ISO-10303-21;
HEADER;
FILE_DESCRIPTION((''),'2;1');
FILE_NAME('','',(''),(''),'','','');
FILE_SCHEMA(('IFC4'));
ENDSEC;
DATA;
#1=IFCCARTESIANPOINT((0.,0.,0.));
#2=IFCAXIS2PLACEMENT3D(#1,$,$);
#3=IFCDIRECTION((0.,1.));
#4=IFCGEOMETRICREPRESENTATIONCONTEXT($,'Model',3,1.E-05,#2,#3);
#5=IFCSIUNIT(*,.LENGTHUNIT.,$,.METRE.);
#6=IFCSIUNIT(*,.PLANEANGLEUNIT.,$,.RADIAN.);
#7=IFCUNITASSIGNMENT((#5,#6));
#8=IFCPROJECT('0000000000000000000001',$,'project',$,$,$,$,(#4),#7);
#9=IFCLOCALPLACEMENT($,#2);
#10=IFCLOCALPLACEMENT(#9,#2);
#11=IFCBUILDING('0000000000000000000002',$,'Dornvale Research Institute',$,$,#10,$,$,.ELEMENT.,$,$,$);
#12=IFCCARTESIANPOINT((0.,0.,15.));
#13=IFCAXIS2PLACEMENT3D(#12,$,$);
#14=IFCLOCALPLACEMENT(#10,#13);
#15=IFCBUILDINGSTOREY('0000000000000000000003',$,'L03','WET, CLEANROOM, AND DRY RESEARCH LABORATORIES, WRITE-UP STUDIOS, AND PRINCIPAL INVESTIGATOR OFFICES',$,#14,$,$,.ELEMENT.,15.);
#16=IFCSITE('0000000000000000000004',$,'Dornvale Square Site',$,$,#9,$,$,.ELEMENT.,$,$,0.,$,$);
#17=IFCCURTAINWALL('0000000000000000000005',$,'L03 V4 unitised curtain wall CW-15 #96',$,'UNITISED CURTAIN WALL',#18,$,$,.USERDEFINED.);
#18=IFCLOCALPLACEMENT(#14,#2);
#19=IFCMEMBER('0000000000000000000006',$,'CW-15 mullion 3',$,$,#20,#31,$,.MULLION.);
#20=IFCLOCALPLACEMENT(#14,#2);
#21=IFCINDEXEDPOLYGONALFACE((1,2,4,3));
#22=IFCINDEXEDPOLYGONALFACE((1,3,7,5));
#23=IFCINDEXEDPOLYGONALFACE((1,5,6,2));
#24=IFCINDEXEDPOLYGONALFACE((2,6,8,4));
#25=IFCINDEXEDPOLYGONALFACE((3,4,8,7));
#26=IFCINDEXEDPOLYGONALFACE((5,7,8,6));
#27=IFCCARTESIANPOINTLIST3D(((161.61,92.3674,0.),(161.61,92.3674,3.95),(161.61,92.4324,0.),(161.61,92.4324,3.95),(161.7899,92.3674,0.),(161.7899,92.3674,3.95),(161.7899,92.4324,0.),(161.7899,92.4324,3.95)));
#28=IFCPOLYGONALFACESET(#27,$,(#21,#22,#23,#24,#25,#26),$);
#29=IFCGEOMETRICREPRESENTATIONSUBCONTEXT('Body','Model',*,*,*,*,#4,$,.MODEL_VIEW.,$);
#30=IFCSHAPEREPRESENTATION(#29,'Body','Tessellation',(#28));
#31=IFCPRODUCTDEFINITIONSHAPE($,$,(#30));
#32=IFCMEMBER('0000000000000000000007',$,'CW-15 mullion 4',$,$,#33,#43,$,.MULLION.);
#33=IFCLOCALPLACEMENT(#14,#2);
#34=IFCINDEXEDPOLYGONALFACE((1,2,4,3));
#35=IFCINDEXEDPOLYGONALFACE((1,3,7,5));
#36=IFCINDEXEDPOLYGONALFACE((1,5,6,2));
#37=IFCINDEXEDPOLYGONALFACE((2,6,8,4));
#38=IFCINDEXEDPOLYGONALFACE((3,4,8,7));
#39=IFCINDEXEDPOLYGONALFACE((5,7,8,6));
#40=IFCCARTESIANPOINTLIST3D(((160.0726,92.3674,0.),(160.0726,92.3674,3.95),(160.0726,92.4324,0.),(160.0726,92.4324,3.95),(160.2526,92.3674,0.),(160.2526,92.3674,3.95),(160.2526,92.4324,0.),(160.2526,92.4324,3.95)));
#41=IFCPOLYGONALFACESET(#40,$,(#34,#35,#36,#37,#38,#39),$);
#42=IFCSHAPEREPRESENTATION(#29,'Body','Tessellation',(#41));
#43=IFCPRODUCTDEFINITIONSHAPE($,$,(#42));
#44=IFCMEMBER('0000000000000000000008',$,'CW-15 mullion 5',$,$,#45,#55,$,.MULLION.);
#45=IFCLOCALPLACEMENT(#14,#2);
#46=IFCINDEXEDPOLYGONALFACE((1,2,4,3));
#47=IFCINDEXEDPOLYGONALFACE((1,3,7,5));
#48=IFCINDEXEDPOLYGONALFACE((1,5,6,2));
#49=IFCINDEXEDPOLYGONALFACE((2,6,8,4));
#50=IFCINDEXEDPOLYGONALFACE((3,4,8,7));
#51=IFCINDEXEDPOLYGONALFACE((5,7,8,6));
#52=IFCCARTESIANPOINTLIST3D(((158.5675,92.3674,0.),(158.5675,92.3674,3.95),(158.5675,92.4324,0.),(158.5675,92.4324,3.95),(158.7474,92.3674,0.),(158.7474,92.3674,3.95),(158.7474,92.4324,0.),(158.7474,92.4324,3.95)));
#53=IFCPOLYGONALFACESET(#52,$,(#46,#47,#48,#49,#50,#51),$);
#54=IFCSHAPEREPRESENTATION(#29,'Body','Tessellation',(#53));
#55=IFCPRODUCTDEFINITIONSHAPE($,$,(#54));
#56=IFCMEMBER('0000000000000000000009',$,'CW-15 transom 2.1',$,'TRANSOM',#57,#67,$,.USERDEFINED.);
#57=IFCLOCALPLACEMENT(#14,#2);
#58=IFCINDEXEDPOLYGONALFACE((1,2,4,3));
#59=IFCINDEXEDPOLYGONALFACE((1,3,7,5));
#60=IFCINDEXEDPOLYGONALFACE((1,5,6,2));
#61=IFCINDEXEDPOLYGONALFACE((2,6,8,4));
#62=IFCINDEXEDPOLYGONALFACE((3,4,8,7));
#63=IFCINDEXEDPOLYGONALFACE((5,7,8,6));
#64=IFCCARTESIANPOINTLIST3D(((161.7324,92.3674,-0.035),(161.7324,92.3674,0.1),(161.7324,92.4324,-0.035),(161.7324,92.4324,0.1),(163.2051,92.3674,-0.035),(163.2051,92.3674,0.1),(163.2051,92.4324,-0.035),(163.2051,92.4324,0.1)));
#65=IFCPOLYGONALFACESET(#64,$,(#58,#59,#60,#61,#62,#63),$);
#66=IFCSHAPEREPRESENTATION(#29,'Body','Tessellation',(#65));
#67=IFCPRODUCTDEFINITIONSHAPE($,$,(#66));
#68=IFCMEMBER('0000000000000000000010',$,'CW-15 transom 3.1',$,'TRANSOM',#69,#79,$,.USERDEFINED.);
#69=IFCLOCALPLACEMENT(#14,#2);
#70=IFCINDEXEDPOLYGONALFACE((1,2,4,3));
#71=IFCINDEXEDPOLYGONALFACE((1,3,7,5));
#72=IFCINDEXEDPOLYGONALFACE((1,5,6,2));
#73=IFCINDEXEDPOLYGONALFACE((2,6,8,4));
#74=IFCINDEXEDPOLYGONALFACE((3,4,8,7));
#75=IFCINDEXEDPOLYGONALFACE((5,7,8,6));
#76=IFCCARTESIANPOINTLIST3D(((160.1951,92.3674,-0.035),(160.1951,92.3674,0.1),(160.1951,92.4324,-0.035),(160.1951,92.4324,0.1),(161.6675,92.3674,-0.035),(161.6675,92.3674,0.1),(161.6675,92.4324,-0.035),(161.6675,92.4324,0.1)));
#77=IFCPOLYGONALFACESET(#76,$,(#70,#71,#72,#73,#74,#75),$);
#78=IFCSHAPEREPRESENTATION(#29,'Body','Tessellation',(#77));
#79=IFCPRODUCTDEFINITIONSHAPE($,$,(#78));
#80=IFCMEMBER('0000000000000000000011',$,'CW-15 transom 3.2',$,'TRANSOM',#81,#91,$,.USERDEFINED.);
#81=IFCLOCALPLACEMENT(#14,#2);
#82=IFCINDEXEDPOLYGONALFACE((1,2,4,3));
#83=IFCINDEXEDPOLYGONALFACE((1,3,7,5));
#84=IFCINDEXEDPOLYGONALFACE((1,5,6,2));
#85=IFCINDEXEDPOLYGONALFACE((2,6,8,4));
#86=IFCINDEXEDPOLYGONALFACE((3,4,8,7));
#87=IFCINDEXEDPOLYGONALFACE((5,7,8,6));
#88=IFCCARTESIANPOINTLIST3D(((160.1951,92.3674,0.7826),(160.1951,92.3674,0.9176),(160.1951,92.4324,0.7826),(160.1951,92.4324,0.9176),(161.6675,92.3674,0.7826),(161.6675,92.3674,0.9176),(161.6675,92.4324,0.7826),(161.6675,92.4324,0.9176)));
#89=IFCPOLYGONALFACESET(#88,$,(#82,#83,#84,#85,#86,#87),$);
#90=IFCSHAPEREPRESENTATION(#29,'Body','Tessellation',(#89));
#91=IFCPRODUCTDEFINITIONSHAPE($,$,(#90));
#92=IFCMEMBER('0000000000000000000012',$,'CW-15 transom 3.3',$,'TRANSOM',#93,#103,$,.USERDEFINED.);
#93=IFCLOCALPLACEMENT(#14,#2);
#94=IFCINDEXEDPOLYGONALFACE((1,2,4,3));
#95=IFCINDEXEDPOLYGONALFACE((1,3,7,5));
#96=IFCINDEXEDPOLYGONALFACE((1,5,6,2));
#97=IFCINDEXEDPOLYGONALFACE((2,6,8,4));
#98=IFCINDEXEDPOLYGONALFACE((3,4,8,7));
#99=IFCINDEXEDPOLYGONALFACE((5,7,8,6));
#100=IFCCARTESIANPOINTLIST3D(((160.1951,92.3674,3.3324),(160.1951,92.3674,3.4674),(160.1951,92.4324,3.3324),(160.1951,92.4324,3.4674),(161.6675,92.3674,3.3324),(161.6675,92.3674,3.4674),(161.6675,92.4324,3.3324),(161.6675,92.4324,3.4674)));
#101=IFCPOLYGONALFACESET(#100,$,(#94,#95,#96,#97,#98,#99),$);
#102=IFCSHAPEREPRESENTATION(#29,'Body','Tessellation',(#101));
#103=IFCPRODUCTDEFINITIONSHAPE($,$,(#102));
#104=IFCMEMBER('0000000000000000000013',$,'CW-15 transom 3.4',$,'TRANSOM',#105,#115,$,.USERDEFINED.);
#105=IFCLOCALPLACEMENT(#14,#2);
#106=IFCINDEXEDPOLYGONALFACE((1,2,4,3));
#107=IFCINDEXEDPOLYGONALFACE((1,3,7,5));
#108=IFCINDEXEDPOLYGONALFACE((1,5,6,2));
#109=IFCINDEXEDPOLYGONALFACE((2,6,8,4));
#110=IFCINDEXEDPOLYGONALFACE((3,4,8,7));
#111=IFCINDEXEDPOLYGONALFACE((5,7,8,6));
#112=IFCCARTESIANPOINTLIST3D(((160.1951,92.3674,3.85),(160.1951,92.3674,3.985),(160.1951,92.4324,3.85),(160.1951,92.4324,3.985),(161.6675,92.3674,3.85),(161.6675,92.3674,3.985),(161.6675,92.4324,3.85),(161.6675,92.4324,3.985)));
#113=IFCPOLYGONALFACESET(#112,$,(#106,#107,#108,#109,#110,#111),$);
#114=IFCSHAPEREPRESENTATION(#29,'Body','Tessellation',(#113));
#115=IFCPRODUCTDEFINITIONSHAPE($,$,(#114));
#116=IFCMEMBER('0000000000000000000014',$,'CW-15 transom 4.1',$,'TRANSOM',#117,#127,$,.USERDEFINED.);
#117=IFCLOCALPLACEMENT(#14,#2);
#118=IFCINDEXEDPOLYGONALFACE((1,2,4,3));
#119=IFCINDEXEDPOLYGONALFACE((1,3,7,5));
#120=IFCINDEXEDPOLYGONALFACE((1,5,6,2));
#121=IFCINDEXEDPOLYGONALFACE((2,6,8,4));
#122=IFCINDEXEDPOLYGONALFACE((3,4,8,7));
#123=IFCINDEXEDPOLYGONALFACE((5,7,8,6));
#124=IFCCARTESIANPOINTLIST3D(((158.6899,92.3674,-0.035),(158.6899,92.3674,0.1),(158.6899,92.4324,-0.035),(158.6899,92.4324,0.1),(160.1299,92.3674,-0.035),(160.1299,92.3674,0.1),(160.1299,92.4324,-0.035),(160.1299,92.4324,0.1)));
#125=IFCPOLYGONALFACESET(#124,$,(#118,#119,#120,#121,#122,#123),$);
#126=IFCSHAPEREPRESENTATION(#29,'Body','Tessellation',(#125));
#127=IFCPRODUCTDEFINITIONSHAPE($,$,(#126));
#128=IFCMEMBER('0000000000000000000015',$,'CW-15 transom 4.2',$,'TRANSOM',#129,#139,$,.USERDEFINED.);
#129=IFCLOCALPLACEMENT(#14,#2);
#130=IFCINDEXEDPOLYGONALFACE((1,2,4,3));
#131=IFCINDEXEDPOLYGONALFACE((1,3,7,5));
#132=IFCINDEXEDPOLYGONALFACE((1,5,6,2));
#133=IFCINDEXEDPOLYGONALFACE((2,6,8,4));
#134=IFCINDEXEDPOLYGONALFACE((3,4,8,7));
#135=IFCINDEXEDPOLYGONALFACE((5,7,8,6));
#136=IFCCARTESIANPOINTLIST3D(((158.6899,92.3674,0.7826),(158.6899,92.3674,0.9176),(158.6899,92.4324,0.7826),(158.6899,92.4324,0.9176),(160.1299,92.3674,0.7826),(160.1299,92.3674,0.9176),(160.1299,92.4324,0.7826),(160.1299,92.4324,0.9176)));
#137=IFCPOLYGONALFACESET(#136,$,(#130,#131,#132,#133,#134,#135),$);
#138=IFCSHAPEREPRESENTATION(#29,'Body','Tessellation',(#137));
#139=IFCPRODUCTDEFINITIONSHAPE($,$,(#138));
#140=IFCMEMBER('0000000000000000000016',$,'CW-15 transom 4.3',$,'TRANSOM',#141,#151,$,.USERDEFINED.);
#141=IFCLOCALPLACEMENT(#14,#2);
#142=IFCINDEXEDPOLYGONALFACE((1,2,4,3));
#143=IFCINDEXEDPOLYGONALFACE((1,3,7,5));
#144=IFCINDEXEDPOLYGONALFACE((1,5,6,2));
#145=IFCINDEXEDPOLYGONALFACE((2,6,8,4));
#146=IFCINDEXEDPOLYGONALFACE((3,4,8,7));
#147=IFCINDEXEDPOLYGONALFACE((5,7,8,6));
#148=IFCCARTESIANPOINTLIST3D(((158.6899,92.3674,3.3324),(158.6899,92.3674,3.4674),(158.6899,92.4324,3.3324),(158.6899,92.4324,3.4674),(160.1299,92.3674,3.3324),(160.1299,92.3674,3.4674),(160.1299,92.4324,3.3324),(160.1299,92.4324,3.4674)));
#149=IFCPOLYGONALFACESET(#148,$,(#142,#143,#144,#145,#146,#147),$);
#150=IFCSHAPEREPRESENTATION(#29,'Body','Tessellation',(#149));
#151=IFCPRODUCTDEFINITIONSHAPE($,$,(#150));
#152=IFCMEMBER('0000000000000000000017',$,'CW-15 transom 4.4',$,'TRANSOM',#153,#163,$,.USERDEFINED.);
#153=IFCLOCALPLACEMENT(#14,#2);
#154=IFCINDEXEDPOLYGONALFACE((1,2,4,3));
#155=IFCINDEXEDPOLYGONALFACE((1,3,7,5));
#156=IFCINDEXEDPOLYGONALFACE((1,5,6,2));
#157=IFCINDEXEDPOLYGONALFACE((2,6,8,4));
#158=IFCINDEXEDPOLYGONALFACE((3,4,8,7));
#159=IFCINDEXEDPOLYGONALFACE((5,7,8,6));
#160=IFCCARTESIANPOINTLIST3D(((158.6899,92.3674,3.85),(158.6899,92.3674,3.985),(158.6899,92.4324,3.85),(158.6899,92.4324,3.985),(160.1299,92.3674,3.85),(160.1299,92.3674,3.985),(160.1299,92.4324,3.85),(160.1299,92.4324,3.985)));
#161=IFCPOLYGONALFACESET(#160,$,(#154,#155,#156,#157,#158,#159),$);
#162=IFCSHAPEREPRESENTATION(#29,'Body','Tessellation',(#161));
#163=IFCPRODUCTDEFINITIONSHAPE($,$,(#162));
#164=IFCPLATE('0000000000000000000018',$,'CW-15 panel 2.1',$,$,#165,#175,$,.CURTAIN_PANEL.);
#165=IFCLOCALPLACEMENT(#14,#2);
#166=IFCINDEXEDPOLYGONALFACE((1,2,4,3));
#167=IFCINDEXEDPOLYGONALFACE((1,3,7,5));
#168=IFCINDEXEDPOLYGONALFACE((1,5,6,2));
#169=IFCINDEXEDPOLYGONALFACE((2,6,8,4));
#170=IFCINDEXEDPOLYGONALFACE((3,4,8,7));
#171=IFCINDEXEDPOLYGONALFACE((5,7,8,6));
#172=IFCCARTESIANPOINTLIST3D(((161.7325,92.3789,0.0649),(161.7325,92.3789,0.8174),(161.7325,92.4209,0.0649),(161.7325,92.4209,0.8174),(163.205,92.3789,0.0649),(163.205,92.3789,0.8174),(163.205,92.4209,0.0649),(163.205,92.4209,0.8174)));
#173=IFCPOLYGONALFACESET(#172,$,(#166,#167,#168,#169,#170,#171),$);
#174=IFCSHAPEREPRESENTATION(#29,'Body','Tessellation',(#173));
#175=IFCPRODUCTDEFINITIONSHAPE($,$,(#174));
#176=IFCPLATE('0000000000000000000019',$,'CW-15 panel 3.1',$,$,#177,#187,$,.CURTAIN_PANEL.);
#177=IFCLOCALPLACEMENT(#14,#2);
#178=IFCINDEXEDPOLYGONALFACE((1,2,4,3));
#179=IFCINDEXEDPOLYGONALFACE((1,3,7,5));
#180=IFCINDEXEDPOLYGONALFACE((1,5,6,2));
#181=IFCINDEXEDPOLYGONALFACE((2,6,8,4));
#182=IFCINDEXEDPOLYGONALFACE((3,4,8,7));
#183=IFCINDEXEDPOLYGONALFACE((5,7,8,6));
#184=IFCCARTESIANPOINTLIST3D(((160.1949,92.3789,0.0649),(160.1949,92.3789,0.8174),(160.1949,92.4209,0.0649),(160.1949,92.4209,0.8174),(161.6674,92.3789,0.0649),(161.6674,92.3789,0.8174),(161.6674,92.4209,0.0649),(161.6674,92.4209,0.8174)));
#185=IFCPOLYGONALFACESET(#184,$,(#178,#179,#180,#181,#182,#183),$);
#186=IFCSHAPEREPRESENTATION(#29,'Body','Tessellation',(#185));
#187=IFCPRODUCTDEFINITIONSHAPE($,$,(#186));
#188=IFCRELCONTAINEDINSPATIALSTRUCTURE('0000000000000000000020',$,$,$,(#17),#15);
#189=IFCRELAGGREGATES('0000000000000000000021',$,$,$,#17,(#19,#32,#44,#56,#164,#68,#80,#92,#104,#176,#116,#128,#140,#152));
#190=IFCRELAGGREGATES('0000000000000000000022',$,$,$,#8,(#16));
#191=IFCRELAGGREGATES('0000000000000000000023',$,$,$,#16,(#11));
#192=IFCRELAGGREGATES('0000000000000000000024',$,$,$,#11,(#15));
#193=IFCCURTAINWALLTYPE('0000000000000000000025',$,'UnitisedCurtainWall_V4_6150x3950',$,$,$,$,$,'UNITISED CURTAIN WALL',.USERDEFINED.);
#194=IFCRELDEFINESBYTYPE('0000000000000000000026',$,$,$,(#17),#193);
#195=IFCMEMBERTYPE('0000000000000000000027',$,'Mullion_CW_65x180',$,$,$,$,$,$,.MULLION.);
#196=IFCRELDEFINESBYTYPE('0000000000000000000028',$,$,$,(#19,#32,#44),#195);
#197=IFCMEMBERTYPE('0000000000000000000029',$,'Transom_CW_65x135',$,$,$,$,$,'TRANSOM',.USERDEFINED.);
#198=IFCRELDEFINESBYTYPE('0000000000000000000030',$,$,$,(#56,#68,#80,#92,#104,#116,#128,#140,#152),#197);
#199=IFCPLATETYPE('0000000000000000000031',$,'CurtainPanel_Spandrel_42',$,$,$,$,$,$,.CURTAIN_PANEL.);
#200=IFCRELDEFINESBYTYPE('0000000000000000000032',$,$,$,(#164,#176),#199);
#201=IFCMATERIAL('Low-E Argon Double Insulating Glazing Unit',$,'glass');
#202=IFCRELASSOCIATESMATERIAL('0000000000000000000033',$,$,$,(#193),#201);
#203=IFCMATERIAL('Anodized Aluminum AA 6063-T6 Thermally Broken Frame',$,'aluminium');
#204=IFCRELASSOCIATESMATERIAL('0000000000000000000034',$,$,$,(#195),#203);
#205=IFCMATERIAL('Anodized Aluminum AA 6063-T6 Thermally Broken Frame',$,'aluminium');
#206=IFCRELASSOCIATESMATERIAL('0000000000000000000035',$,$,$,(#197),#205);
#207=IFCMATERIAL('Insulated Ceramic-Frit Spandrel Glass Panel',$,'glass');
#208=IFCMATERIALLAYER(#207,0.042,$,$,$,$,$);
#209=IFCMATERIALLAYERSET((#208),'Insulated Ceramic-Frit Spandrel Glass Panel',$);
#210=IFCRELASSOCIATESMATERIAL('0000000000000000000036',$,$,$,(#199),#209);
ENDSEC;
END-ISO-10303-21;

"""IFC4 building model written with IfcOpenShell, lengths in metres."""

from ifc_helpers import new_model, si_unit, direction, frame, origin, origin_2d, place, context, subcontext, project, spatial, rectangle, extrude, material, layer, layer_set, material_profile, profile_set, type_object, element, aggregate, save


model = new_model("IFC4")

# Units and contexts
model_context = context("Model", 3, precision=1e-05, world=origin(), true_north=direction((0.0, 1.0)))
body_context = subcontext(model_context, "Body", "Model", "MODEL_VIEW")
ifc_project = project(units=[si_unit("LENGTHUNIT", "METRE"), si_unit("PLANEANGLEUNIT", "RADIAN")], contexts=[model_context])

# Site, building, storey
site_placement = place(None, origin())
site = spatial("IfcSite", under=ifc_project, at=site_placement, Name="Dornvale Square Site", CompositionType="ELEMENT", RefElevation=0.0)
building_placement = place(site_placement, origin())
building = spatial("IfcBuilding", under=site, at=building_placement, Name="Dornvale Research Institute", CompositionType="ELEMENT")
storey_placement = place(building_placement, frame((0.0, 0.0, 15.0)))
storey = spatial("IfcBuildingStorey", under=building, at=storey_placement, Name="L03", Description="WET, CLEANROOM, AND DRY RESEARCH LABORATORIES, WRITE-UP STUDIOS, AND PRINCIPAL INVESTIGATOR OFFICES", CompositionType="ELEMENT", Elevation=15.0)

# Curtain wall, members, plates
ifc_material_1 = material(Name="Low-E Argon Double Insulating Glazing Unit", Category="glass")
curtain_wall_type = type_object("IfcCurtainWallType", Name="UnitisedCurtainWall_V4_6150x3950", ElementType="UNITISED CURTAIN WALL", PredefinedType="USERDEFINED", material=ifc_material_1)
curtain_wall_placement = place(storey_placement, origin())
curtain_wall = element("IfcCurtainWall", 1, at=curtain_wall_placement, inside=storey, type_object=curtain_wall_type, Name="L03 V4 unitised curtain wall CW-15 #96", ObjectType="UNITISED CURTAIN WALL", PredefinedType="USERDEFINED")
ifc_material_2 = material(Name="Anodized Aluminum AA 6063-T6 Thermally Broken Frame", Category="aluminium")
ifc_material_profile_1 = material_profile(ifc_material_2, rectangle(XDim=0.0649, YDim=0.1799, at=origin_2d()), Name="ALU MULLION 65x180")
ifc_profile_set_1 = profile_set([ifc_material_profile_1], Name="Anodized Aluminum AA 6063-T6 Thermally Broken Frame")
member_type_1 = type_object("IfcMemberType", Name="Mullion_CW_65x180", PredefinedType="MULLION", material=ifc_profile_set_1)
member_1_placement = place(storey_placement, frame((161.7, 92.3999, 0.0), z_axis=(0.0, 0.0, 1.0), x_axis=(0.0, -1.0, 0.0)))
member_1 = element("IfcMember", 2, at=member_1_placement, type_object=member_type_1, Name="CW-15 mullion 3", PredefinedType="MULLION", context=body_context, shape_type="SweptSolid", body=[
    extrude(rectangle(XDim=0.0649, YDim=0.1799, at=origin_2d()), origin(), (0.0, 0.0, 1.0), 3.95),
])
member_2_placement = place(storey_placement, frame((160.1626, 92.3999, 0.0), z_axis=(0.0, 0.0, 1.0), x_axis=(0.0, -1.0, 0.0)))
member_2 = element("IfcMember", 3, at=member_2_placement, type_object=member_type_1, Name="CW-15 mullion 4", PredefinedType="MULLION", context=body_context, shape_type="SweptSolid", body=[
    extrude(rectangle(XDim=0.0649, YDim=0.1799, at=origin_2d()), origin(), (0.0, 0.0, 1.0), 3.95),
])
member_3_placement = place(storey_placement, frame((158.6575, 92.3999, 0.0), z_axis=(0.0, 0.0, 1.0), x_axis=(0.0, -1.0, 0.0)))
member_3 = element("IfcMember", 4, at=member_3_placement, type_object=member_type_1, Name="CW-15 mullion 5", PredefinedType="MULLION", context=body_context, shape_type="SweptSolid", body=[
    extrude(rectangle(XDim=0.0649, YDim=0.1799, at=origin_2d()), origin(), (0.0, 0.0, 1.0), 3.95),
])
ifc_material_3 = material(Name="Anodized Aluminum AA 6063-T6 Thermally Broken Frame", Category="aluminium")
ifc_material_profile_2 = material_profile(ifc_material_3, rectangle(XDim=0.0649, YDim=0.135, at=origin_2d()), Name="ALU TRANSOM 65x135")
ifc_profile_set_2 = profile_set([ifc_material_profile_2], Name="Anodized Aluminum AA 6063-T6 Thermally Broken Frame")
member_type_2 = type_object("IfcMemberType", Name="Transom_CW_65x135", ElementType="TRANSOM", PredefinedType="USERDEFINED", material=ifc_profile_set_2)
member_4_placement = place(storey_placement, frame((163.2051, 92.3999, 0.0325), z_axis=(-1.0, 0.0, 0.0), x_axis=(0.0, -1.0, 0.0)))
member_4 = element("IfcMember", 5, at=member_4_placement, type_object=member_type_2, Name="CW-15 transom 2.1", ObjectType="TRANSOM", PredefinedType="USERDEFINED", context=body_context, shape_type="SweptSolid", body=[
    extrude(rectangle(XDim=0.0649, YDim=0.135, at=origin_2d()), origin(), (0.0, 0.0, 1.0), 1.4727),
])
member_5_placement = place(storey_placement, frame((161.6675, 92.3999, 0.0325), z_axis=(-1.0, 0.0, 0.0), x_axis=(0.0, -1.0, 0.0)))
member_5 = element("IfcMember", 6, at=member_5_placement, type_object=member_type_2, Name="CW-15 transom 3.1", ObjectType="TRANSOM", PredefinedType="USERDEFINED", context=body_context, shape_type="SweptSolid", body=[
    extrude(rectangle(XDim=0.0649, YDim=0.135, at=origin_2d()), origin(), (0.0, 0.0, 1.0), 1.4724),
])
member_6_placement = place(storey_placement, frame((161.6675, 92.3999, 0.8501), z_axis=(-1.0, 0.0, 0.0), x_axis=(0.0, -1.0, 0.0)))
member_6 = element("IfcMember", 7, at=member_6_placement, type_object=member_type_2, Name="CW-15 transom 3.2", ObjectType="TRANSOM", PredefinedType="USERDEFINED", context=body_context, shape_type="SweptSolid", body=[
    extrude(rectangle(XDim=0.0649, YDim=0.135, at=origin_2d()), origin(), (0.0, 0.0, 1.0), 1.4724),
])
member_7_placement = place(storey_placement, frame((161.6675, 92.3999, 3.3999), z_axis=(-1.0, 0.0, 0.0), x_axis=(0.0, -1.0, 0.0)))
member_7 = element("IfcMember", 8, at=member_7_placement, type_object=member_type_2, Name="CW-15 transom 3.3", ObjectType="TRANSOM", PredefinedType="USERDEFINED", context=body_context, shape_type="SweptSolid", body=[
    extrude(rectangle(XDim=0.0649, YDim=0.135, at=origin_2d()), origin(), (0.0, 0.0, 1.0), 1.4724),
])
member_8_placement = place(storey_placement, frame((161.6675, 92.3999, 3.9175), z_axis=(-1.0, 0.0, 0.0), x_axis=(0.0, -1.0, 0.0)))
member_8 = element("IfcMember", 9, at=member_8_placement, type_object=member_type_2, Name="CW-15 transom 3.4", ObjectType="TRANSOM", PredefinedType="USERDEFINED", context=body_context, shape_type="SweptSolid", body=[
    extrude(rectangle(XDim=0.0649, YDim=0.135, at=origin_2d()), origin(), (0.0, 0.0, 1.0), 1.4724),
])
member_9_placement = place(storey_placement, frame((160.1299, 92.3999, 0.0325), z_axis=(-1.0, 0.0, 0.0), x_axis=(0.0, -1.0, 0.0)))
member_9 = element("IfcMember", 10, at=member_9_placement, type_object=member_type_2, Name="CW-15 transom 4.1", ObjectType="TRANSOM", PredefinedType="USERDEFINED", context=body_context, shape_type="SweptSolid", body=[
    extrude(rectangle(XDim=0.0649, YDim=0.135, at=origin_2d()), origin(), (0.0, 0.0, 1.0), 1.4399),
])
member_10_placement = place(storey_placement, frame((160.1299, 92.3999, 0.8501), z_axis=(-1.0, 0.0, 0.0), x_axis=(0.0, -1.0, 0.0)))
member_10 = element("IfcMember", 11, at=member_10_placement, type_object=member_type_2, Name="CW-15 transom 4.2", ObjectType="TRANSOM", PredefinedType="USERDEFINED", context=body_context, shape_type="SweptSolid", body=[
    extrude(rectangle(XDim=0.0649, YDim=0.135, at=origin_2d()), origin(), (0.0, 0.0, 1.0), 1.4399),
])
member_11_placement = place(storey_placement, frame((160.1299, 92.3999, 3.3999), z_axis=(-1.0, 0.0, 0.0), x_axis=(0.0, -1.0, 0.0)))
member_11 = element("IfcMember", 12, at=member_11_placement, type_object=member_type_2, Name="CW-15 transom 4.3", ObjectType="TRANSOM", PredefinedType="USERDEFINED", context=body_context, shape_type="SweptSolid", body=[
    extrude(rectangle(XDim=0.0649, YDim=0.135, at=origin_2d()), origin(), (0.0, 0.0, 1.0), 1.4399),
])
member_12_placement = place(storey_placement, frame((160.1299, 92.3999, 3.9175), z_axis=(-1.0, 0.0, 0.0), x_axis=(0.0, -1.0, 0.0)))
member_12 = element("IfcMember", 13, at=member_12_placement, type_object=member_type_2, Name="CW-15 transom 4.4", ObjectType="TRANSOM", PredefinedType="USERDEFINED", context=body_context, shape_type="SweptSolid", body=[
    extrude(rectangle(XDim=0.0649, YDim=0.135, at=origin_2d()), origin(), (0.0, 0.0, 1.0), 1.4399),
])
ifc_material_4 = material(Name="Insulated Ceramic-Frit Spandrel Glass Panel", Category="glass")
ifc_layer_1 = layer(ifc_material_4, 0.042)
ifc_layer_set_1 = layer_set([ifc_layer_1], Name="Insulated Ceramic-Frit Spandrel Glass Panel")
plate_type_1 = type_object("IfcPlateType", Name="CurtainPanel_Spandrel_42", PredefinedType="CURTAIN_PANEL", material=ifc_layer_set_1)
plate_1_placement = place(storey_placement, frame((162.4688, 92.3999, 0.0649), z_axis=(0.0, 0.0, 1.0), x_axis=(-1.0, 0.0, 0.0)))
plate_1 = element("IfcPlate", 14, at=plate_1_placement, type_object=plate_type_1, Name="CW-15 panel 2.1", PredefinedType="CURTAIN_PANEL", context=body_context, shape_type="SweptSolid", body=[
    extrude(rectangle(XDim=1.4724, YDim=0.042, at=origin_2d()), origin(), (0.0, 0.0, 1.0), 0.7524),
])
plate_2_placement = place(storey_placement, frame((160.9312, 92.3999, 0.0649), z_axis=(0.0, 0.0, 1.0), x_axis=(-1.0, 0.0, 0.0)))
plate_2 = element("IfcPlate", 15, at=plate_2_placement, type_object=plate_type_1, Name="CW-15 panel 3.1", PredefinedType="CURTAIN_PANEL", context=body_context, shape_type="SweptSolid", body=[
    extrude(rectangle(XDim=1.4724, YDim=0.042, at=origin_2d()), origin(), (0.0, 0.0, 1.0), 0.7524),
])
aggregate(curtain_wall, [member_1, member_2, member_3, member_4, plate_1, member_5, member_6, member_7, member_8, plate_2, member_9, member_10, member_11, member_12])

save(model, "model.ifc")
